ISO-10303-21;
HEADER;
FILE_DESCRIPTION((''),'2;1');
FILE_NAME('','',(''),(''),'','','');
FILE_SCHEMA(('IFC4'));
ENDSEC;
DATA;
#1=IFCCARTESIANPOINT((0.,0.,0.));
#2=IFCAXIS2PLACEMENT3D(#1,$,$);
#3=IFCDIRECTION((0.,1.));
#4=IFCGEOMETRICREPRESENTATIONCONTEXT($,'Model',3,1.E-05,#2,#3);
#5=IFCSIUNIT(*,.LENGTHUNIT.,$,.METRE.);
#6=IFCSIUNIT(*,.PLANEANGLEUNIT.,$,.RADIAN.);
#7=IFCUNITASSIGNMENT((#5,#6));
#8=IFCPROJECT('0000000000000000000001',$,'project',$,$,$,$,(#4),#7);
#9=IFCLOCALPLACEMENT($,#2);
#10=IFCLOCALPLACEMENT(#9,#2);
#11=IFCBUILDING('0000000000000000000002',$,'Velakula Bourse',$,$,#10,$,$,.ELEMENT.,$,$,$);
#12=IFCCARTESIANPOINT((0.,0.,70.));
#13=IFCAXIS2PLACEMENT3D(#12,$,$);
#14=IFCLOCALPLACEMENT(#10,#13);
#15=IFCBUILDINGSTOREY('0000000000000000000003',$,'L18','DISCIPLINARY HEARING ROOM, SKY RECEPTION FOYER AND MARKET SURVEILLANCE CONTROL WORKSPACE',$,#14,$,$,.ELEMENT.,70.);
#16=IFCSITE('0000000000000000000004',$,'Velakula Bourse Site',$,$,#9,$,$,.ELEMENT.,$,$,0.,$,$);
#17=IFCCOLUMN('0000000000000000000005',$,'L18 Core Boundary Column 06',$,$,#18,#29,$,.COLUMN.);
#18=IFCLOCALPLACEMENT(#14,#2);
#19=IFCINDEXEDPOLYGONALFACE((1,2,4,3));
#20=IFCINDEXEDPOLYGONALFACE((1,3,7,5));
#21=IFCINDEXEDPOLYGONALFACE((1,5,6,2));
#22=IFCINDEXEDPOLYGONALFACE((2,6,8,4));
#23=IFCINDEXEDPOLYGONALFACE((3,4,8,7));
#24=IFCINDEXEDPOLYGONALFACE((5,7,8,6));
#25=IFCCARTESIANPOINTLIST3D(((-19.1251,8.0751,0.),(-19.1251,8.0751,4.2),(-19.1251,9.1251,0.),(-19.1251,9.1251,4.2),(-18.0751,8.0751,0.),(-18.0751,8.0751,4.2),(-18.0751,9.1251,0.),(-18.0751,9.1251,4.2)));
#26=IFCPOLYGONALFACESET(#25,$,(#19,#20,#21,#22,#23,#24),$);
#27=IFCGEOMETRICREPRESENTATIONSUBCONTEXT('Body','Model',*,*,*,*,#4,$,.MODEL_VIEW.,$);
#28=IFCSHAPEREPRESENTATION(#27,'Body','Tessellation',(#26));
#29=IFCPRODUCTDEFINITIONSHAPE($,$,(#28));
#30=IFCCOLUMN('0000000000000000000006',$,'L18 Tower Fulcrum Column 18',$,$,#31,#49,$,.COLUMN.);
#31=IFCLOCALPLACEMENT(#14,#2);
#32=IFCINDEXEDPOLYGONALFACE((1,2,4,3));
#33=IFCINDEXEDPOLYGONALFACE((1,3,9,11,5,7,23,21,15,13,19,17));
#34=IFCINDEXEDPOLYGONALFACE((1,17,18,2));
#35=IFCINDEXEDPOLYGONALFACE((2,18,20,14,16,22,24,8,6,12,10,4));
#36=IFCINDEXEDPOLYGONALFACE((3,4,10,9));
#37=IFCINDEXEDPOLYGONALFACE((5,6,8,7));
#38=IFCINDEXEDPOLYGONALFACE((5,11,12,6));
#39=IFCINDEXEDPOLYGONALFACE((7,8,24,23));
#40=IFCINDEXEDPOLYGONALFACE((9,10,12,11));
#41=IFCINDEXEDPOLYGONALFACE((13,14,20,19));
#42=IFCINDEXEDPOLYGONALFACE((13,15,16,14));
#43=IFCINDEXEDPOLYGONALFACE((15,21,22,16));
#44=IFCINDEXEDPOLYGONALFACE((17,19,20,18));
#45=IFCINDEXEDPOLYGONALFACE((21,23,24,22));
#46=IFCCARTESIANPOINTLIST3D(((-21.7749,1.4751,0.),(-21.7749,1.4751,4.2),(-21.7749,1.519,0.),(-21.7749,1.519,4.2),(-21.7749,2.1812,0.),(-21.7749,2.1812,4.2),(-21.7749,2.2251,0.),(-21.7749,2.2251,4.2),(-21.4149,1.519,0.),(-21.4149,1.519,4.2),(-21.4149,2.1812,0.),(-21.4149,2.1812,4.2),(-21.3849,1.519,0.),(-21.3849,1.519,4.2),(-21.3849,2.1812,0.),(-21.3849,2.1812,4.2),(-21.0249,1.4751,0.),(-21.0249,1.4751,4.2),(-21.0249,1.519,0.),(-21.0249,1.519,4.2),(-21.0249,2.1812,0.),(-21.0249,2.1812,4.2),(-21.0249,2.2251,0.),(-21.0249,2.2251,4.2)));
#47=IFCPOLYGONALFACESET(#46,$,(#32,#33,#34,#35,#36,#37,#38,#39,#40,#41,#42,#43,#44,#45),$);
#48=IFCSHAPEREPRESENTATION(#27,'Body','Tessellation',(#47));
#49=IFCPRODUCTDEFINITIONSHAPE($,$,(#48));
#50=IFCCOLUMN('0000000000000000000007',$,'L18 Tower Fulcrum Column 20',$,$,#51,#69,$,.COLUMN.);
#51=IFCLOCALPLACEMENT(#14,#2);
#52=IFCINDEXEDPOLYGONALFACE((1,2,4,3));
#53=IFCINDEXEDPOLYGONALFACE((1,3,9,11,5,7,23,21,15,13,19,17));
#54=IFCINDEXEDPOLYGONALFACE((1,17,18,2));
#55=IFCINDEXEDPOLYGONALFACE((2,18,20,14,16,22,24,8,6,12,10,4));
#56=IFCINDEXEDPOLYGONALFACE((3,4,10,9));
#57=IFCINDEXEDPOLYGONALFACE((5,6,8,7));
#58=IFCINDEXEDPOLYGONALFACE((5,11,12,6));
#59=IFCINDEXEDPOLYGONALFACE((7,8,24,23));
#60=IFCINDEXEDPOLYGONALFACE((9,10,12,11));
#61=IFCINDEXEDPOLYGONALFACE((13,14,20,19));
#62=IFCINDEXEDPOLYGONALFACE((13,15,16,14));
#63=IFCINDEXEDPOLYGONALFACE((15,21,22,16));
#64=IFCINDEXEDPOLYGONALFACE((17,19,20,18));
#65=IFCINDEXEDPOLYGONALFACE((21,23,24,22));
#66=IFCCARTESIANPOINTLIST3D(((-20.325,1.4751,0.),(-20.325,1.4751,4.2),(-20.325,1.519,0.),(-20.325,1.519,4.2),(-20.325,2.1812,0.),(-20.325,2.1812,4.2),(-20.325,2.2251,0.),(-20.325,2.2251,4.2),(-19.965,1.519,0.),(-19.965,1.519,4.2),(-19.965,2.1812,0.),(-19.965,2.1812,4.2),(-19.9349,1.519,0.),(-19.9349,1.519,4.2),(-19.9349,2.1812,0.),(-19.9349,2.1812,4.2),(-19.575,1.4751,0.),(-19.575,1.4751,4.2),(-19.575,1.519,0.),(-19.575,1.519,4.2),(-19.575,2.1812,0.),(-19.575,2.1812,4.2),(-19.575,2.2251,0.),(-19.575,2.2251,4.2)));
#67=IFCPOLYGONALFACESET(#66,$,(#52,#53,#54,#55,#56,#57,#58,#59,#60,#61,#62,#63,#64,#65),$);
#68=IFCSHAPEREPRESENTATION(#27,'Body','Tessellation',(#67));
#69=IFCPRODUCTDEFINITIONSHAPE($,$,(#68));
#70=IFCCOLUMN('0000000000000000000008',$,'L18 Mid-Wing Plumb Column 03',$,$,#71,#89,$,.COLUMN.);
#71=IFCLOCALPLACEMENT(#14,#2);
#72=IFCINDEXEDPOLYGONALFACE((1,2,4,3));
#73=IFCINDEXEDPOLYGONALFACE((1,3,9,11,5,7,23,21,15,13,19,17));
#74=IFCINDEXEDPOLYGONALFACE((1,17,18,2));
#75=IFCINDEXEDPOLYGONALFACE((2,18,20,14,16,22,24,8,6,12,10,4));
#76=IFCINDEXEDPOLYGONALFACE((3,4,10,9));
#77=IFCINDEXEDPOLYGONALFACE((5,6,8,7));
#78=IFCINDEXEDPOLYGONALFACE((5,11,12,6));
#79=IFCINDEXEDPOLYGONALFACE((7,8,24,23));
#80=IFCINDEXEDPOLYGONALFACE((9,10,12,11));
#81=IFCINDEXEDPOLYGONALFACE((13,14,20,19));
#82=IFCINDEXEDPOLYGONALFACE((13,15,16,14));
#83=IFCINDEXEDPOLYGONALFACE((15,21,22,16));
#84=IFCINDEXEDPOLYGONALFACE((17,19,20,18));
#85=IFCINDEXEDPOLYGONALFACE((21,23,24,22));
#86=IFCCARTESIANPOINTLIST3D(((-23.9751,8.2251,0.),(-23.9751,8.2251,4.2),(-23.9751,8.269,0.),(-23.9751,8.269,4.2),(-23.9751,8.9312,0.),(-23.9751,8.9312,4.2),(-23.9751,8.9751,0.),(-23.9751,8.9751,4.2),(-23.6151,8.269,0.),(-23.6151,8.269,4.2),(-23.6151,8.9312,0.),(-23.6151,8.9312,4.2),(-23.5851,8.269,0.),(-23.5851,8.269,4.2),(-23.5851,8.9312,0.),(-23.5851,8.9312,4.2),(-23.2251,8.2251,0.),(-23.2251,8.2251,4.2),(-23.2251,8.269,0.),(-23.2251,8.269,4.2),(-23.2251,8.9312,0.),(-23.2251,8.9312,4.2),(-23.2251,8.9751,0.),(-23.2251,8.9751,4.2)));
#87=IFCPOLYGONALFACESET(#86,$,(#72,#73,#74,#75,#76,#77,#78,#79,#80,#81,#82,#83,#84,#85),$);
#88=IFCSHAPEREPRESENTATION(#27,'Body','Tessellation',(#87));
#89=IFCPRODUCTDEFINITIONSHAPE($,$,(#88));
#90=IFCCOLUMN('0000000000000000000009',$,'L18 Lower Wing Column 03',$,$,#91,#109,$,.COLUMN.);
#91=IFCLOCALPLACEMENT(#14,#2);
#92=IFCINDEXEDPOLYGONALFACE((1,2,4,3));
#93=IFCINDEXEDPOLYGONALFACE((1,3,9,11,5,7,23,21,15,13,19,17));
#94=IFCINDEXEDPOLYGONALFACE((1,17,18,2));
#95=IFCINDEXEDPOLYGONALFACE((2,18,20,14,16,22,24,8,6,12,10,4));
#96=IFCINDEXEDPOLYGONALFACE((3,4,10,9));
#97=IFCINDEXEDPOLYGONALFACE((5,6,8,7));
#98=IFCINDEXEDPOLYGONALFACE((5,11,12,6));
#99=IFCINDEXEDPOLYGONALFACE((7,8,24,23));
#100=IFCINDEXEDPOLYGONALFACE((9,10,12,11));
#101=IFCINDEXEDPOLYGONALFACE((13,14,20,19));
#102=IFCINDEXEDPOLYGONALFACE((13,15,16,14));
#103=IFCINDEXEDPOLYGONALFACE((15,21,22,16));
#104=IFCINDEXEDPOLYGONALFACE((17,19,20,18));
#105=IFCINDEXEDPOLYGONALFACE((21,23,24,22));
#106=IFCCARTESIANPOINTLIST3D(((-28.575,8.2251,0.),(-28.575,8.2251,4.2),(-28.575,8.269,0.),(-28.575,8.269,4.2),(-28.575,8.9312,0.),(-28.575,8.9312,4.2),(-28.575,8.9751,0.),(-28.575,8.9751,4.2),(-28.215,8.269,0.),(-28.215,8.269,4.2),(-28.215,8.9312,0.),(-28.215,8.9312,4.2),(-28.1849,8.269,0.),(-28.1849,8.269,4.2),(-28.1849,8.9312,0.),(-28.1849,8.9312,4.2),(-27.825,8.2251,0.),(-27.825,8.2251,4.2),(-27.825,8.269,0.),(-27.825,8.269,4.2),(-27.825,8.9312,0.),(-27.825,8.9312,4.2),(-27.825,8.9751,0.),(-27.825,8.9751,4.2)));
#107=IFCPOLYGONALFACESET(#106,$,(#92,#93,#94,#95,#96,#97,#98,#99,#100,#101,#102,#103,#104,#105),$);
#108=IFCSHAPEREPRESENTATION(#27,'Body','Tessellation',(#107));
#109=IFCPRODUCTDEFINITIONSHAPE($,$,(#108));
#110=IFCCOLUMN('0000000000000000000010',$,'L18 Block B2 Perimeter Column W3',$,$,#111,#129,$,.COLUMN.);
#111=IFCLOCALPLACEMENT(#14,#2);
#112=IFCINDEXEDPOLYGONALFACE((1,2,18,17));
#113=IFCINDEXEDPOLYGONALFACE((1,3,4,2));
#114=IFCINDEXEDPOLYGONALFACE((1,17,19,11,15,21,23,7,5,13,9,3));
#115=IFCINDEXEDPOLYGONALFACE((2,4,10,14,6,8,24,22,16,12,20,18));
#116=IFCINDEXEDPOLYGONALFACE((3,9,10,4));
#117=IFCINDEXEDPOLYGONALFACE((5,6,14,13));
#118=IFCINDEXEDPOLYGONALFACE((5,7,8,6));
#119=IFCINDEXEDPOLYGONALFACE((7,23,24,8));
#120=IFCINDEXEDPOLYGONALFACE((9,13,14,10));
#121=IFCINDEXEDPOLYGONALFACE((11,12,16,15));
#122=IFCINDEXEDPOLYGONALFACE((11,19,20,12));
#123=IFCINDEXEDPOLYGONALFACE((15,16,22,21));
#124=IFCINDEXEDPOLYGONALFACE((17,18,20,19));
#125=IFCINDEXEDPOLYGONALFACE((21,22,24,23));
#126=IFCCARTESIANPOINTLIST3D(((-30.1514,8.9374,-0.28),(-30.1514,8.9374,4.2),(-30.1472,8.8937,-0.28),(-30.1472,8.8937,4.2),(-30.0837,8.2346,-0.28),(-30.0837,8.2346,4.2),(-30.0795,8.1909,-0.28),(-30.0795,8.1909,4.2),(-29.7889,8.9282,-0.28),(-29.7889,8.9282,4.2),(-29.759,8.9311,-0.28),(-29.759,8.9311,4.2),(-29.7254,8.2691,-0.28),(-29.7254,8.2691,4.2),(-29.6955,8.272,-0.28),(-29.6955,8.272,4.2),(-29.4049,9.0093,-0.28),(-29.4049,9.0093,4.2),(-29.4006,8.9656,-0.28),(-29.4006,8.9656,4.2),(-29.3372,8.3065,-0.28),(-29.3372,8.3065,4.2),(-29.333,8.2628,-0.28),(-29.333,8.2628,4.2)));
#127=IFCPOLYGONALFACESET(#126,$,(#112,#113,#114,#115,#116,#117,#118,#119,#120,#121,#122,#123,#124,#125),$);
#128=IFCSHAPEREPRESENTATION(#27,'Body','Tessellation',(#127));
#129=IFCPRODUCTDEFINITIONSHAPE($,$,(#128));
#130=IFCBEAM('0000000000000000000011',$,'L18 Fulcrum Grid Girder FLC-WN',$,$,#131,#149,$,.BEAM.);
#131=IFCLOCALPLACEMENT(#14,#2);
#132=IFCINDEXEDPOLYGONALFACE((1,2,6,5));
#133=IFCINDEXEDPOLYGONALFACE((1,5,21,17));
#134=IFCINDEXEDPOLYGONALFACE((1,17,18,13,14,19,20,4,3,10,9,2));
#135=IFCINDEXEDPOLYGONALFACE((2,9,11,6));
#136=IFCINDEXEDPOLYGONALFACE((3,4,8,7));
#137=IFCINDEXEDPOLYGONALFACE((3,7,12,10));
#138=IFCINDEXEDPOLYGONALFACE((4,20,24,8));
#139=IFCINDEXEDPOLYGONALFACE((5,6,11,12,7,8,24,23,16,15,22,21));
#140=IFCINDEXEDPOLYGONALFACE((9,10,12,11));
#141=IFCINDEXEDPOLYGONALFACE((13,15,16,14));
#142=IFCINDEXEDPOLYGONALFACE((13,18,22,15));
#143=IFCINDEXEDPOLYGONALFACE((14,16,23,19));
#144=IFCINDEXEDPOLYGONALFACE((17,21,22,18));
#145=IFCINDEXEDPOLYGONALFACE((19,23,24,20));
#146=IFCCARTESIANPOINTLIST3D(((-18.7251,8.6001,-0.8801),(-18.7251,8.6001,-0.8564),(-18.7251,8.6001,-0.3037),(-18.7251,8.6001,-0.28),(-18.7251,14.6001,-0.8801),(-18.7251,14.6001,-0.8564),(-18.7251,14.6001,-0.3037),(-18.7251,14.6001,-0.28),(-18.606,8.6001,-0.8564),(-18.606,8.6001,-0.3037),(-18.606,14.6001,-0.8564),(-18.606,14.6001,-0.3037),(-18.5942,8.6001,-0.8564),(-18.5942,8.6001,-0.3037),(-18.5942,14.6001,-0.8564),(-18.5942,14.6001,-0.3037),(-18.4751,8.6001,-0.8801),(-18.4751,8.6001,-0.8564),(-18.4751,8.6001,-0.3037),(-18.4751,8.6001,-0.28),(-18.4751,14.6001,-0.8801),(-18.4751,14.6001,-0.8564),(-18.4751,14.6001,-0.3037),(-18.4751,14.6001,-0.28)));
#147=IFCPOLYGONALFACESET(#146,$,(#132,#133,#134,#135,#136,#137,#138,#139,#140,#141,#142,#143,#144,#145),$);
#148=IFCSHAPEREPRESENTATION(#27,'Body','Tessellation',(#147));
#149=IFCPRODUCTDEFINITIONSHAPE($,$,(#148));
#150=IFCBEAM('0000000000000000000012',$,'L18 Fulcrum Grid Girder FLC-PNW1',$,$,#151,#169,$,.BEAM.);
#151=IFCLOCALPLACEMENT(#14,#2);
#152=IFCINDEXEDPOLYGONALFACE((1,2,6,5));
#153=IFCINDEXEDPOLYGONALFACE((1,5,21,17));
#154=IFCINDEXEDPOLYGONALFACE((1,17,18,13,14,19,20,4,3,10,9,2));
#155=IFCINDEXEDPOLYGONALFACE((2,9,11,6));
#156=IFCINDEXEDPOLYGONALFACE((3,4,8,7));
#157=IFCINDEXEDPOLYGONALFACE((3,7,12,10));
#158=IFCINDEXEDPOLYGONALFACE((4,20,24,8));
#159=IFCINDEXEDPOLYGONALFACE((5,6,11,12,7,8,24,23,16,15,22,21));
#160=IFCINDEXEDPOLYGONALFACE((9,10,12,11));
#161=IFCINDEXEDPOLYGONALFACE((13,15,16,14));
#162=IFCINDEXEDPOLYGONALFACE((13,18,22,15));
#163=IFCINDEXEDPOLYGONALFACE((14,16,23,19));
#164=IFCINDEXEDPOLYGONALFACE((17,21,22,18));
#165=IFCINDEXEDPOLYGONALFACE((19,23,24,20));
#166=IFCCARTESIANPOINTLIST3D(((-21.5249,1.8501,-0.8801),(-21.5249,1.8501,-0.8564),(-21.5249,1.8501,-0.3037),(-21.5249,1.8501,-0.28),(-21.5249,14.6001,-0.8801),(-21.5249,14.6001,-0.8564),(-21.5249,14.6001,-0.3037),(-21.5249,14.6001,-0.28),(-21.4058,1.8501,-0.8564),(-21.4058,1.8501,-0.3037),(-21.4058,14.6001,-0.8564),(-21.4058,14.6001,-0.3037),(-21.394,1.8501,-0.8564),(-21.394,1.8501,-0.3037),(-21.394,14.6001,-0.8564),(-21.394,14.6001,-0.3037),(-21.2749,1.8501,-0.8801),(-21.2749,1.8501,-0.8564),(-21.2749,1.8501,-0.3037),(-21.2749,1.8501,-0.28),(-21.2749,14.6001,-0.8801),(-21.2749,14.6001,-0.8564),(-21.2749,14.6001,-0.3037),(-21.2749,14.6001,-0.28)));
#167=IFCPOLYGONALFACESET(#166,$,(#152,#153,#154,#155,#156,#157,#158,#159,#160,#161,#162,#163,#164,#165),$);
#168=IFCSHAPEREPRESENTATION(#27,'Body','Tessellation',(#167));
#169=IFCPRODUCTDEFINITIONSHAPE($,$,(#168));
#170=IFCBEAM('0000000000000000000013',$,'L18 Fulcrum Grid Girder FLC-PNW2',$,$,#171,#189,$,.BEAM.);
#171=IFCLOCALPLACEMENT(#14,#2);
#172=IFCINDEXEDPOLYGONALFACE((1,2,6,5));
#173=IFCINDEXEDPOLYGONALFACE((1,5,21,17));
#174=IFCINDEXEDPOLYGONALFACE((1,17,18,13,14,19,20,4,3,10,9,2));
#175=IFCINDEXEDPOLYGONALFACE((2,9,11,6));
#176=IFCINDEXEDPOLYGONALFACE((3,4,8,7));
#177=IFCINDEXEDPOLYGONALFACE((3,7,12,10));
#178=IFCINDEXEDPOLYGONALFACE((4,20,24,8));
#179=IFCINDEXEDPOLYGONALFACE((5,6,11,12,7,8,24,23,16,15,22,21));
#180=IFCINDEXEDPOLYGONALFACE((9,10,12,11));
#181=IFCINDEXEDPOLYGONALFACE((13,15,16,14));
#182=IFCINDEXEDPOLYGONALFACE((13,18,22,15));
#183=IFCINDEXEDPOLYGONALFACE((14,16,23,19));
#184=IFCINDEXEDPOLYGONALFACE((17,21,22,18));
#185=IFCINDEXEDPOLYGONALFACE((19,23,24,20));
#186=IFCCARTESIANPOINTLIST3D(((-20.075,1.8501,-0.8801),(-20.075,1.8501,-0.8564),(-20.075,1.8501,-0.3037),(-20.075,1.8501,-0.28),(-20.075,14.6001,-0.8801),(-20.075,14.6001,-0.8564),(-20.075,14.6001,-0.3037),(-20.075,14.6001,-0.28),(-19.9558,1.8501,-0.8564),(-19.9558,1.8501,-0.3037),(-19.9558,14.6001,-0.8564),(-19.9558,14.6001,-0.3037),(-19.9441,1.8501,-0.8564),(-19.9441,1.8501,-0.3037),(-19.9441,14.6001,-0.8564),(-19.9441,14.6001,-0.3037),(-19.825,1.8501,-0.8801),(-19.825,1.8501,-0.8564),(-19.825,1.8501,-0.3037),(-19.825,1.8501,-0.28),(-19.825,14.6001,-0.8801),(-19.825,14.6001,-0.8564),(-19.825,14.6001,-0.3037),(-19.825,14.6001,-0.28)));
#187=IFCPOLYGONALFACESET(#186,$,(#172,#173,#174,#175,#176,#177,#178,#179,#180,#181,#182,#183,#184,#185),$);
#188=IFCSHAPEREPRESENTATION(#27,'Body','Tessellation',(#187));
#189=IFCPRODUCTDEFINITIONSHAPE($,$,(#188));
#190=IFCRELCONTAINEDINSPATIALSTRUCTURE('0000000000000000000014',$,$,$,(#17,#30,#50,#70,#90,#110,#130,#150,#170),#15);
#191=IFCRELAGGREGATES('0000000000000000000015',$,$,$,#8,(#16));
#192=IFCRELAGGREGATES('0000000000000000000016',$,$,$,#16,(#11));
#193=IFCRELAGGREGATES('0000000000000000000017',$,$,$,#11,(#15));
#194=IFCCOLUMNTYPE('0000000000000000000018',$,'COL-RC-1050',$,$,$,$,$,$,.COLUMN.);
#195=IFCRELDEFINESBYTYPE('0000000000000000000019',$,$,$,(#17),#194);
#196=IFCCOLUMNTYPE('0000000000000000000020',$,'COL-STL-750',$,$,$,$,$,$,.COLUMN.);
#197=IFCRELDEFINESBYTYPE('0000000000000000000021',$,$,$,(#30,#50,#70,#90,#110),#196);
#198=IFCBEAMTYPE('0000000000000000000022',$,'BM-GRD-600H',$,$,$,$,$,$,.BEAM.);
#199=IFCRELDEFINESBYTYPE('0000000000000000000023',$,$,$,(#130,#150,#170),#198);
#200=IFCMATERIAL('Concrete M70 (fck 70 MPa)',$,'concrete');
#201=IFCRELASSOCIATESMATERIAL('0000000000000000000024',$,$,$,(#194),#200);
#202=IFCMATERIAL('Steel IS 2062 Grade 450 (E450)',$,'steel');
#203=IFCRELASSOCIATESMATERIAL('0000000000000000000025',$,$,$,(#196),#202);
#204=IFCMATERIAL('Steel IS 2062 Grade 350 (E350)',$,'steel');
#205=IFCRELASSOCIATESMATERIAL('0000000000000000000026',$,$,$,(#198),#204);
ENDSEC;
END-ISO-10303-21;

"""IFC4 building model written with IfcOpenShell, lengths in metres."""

from ifc_helpers import new_model, si_unit, direction, frame, origin, origin_2d, place, context, subcontext, project, spatial, rectangle, i_section, extrude, material, material_profile, profile_set, type_object, element, save


model = new_model("IFC4")

# Units and contexts
model_context = context("Model", 3, precision=1e-05, world=origin(), true_north=direction((0.0, 1.0)))
body_context = subcontext(model_context, "Body", "Model", "MODEL_VIEW")
ifc_project = project(units=[si_unit("LENGTHUNIT", "METRE"), si_unit("PLANEANGLEUNIT", "RADIAN")], contexts=[model_context])

# Site, building, storey
site_placement = place(None, origin())
site = spatial("IfcSite", under=ifc_project, at=site_placement, Name="Velakula Bourse Site", CompositionType="ELEMENT", RefElevation=0.0)
building_placement = place(site_placement, origin())
building = spatial("IfcBuilding", under=site, at=building_placement, Name="Velakula Bourse", CompositionType="ELEMENT")
storey_placement = place(building_placement, frame((0.0, 0.0, 70.0)))
storey = spatial("IfcBuildingStorey", under=building, at=storey_placement, Name="L18", Description="DISCIPLINARY HEARING ROOM, SKY RECEPTION FOYER AND MARKET SURVEILLANCE CONTROL WORKSPACE", CompositionType="ELEMENT", Elevation=70.0)

# Columns
ifc_material_1 = material(Name="Concrete M70 (fck 70 MPa)", Category="concrete")
ifc_material_profile_1 = material_profile(ifc_material_1, rectangle(XDim=1.05, YDim=1.05, at=origin_2d()), Name="Concrete M70 (fck 70 MPa)")
ifc_profile_set_1 = profile_set([ifc_material_profile_1], Name="Concrete M70 (fck 70 MPa)")
column_type_1 = type_object("IfcColumnType", Name="COL-RC-1050", PredefinedType="COLUMN", material=ifc_profile_set_1)
column_1_placement = place(storey_placement, frame((-18.6001, 8.6001, 0.0), z_axis=(0.0, 0.0, 1.0), x_axis=(1.0, 0.0, 0.0)))
element("IfcColumn", 1, at=column_1_placement, inside=storey, type_object=column_type_1, Name="L18 Core Boundary Column 06", PredefinedType="COLUMN", context=body_context, shape_type="SweptSolid", body=[
    extrude(rectangle(XDim=1.05, YDim=1.05, at=origin_2d()), origin(), (0.0, 0.0, 1.0), 4.2),
])
ifc_material_2 = material(Name="Steel IS 2062 Grade 450 (E450)", Category="steel")
ifc_material_profile_2 = material_profile(ifc_material_2, i_section(OverallWidth=0.75, OverallDepth=0.75, WebThickness=0.03, FlangeThickness=0.0439, at=origin_2d()), Name="Steel IS 2062 Grade 450 (E450)")
ifc_profile_set_2 = profile_set([ifc_material_profile_2], Name="Steel IS 2062 Grade 450 (E450)")
column_type_2 = type_object("IfcColumnType", Name="COL-STL-750", PredefinedType="COLUMN", material=ifc_profile_set_2)
for number, where, z_axis, x_axis, name in (
    (2, (-21.3999, 1.8501, 0.0), (0.0, 0.0, 1.0), (1.0, 0.0, 0.0), "L18 Tower Fulcrum Column 18"),
    (3, (-19.95, 1.8501, 0.0), (0.0, 0.0, 1.0), (1.0, 0.0, 0.0), "L18 Tower Fulcrum Column 20"),
    (4, (-23.6001, 8.6001, 0.0), (0.0, 0.0, 1.0), (1.0, 0.0, 0.0), "L18 Mid-Wing Plumb Column 03"),
    (5, (-28.2, 8.6001, 0.0), (0.0, 0.0, 1.0), (1.0, 0.0, 0.0), "L18 Lower Wing Column 03"),
):
    element("IfcColumn", number, at=place(storey_placement, frame(where, z_axis=z_axis, x_axis=x_axis)), inside=storey, type_object=column_type_2, Name=name, PredefinedType="COLUMN", context=body_context, shape_type="SweptSolid", body=[
        extrude(i_section(OverallWidth=0.75, OverallDepth=0.75, WebThickness=0.03, FlangeThickness=0.0439, at=origin_2d()), origin(), (0.0, 0.0, 1.0), 4.2),
    ])
column_2_placement = place(storey_placement, frame((-29.7422, 8.6001, -0.28), z_axis=(0.0, 0.0, 1.0), x_axis=(0.995396, 0.095846, 0.0)))
element("IfcColumn", 6, at=column_2_placement, inside=storey, type_object=column_type_2, Name="L18 Block B2 Perimeter Column W3", PredefinedType="COLUMN", context=body_context, shape_type="SweptSolid", body=[
    extrude(i_section(OverallWidth=0.75, OverallDepth=0.75, WebThickness=0.03, FlangeThickness=0.0439, at=origin_2d()), origin(), (0.0, 0.0, 1.0), 4.48),
])

# Beams
ifc_material_3 = material(Name="Steel IS 2062 Grade 350 (E350)", Category="steel")
ifc_material_profile_3 = material_profile(ifc_material_3, i_section(OverallWidth=0.25, OverallDepth=0.6001, WebThickness=0.0117, FlangeThickness=0.0237, at=origin_2d()), Name="Steel IS 2062 Grade 350 (E350)")
ifc_profile_set_3 = profile_set([ifc_material_profile_3], Name="Steel IS 2062 Grade 350 (E350)")
beam_type_1 = type_object("IfcBeamType", Name="BM-GRD-600H", PredefinedType="BEAM", material=ifc_profile_set_3)
beam_1_placement = place(storey_placement, frame((-18.6001, 8.6001, -0.5801), z_axis=(0.0, 1.0, 0.0), x_axis=(-1.0, 0.0, 0.0)))
element("IfcBeam", 7, at=beam_1_placement, inside=storey, type_object=beam_type_1, Name="L18 Fulcrum Grid Girder FLC-WN", PredefinedType="BEAM", context=body_context, shape_type="SweptSolid", body=[
    extrude(i_section(OverallWidth=0.25, OverallDepth=0.6001, WebThickness=0.0117, FlangeThickness=0.0237, at=origin_2d()), origin(), (0.0, 0.0, 1.0), 6.0),
])
for number, where, z_axis, x_axis, name in (
    (8, (-21.3999, 1.8501, -0.5801), (0.0, 1.0, 0.0), (-1.0, 0.0, 0.0), "L18 Fulcrum Grid Girder FLC-PNW1"),
    (9, (-19.95, 1.8501, -0.5801), (0.0, 1.0, 0.0), (-1.0, 0.0, 0.0), "L18 Fulcrum Grid Girder FLC-PNW2"),
):
    element("IfcBeam", number, at=place(storey_placement, frame(where, z_axis=z_axis, x_axis=x_axis)), inside=storey, type_object=beam_type_1, Name=name, PredefinedType="BEAM", context=body_context, shape_type="SweptSolid", body=[
        extrude(i_section(OverallWidth=0.25, OverallDepth=0.6001, WebThickness=0.0117, FlangeThickness=0.0237, at=origin_2d()), origin(), (0.0, 0.0, 1.0), 12.75),
    ])

save(model, "model.ifc")
